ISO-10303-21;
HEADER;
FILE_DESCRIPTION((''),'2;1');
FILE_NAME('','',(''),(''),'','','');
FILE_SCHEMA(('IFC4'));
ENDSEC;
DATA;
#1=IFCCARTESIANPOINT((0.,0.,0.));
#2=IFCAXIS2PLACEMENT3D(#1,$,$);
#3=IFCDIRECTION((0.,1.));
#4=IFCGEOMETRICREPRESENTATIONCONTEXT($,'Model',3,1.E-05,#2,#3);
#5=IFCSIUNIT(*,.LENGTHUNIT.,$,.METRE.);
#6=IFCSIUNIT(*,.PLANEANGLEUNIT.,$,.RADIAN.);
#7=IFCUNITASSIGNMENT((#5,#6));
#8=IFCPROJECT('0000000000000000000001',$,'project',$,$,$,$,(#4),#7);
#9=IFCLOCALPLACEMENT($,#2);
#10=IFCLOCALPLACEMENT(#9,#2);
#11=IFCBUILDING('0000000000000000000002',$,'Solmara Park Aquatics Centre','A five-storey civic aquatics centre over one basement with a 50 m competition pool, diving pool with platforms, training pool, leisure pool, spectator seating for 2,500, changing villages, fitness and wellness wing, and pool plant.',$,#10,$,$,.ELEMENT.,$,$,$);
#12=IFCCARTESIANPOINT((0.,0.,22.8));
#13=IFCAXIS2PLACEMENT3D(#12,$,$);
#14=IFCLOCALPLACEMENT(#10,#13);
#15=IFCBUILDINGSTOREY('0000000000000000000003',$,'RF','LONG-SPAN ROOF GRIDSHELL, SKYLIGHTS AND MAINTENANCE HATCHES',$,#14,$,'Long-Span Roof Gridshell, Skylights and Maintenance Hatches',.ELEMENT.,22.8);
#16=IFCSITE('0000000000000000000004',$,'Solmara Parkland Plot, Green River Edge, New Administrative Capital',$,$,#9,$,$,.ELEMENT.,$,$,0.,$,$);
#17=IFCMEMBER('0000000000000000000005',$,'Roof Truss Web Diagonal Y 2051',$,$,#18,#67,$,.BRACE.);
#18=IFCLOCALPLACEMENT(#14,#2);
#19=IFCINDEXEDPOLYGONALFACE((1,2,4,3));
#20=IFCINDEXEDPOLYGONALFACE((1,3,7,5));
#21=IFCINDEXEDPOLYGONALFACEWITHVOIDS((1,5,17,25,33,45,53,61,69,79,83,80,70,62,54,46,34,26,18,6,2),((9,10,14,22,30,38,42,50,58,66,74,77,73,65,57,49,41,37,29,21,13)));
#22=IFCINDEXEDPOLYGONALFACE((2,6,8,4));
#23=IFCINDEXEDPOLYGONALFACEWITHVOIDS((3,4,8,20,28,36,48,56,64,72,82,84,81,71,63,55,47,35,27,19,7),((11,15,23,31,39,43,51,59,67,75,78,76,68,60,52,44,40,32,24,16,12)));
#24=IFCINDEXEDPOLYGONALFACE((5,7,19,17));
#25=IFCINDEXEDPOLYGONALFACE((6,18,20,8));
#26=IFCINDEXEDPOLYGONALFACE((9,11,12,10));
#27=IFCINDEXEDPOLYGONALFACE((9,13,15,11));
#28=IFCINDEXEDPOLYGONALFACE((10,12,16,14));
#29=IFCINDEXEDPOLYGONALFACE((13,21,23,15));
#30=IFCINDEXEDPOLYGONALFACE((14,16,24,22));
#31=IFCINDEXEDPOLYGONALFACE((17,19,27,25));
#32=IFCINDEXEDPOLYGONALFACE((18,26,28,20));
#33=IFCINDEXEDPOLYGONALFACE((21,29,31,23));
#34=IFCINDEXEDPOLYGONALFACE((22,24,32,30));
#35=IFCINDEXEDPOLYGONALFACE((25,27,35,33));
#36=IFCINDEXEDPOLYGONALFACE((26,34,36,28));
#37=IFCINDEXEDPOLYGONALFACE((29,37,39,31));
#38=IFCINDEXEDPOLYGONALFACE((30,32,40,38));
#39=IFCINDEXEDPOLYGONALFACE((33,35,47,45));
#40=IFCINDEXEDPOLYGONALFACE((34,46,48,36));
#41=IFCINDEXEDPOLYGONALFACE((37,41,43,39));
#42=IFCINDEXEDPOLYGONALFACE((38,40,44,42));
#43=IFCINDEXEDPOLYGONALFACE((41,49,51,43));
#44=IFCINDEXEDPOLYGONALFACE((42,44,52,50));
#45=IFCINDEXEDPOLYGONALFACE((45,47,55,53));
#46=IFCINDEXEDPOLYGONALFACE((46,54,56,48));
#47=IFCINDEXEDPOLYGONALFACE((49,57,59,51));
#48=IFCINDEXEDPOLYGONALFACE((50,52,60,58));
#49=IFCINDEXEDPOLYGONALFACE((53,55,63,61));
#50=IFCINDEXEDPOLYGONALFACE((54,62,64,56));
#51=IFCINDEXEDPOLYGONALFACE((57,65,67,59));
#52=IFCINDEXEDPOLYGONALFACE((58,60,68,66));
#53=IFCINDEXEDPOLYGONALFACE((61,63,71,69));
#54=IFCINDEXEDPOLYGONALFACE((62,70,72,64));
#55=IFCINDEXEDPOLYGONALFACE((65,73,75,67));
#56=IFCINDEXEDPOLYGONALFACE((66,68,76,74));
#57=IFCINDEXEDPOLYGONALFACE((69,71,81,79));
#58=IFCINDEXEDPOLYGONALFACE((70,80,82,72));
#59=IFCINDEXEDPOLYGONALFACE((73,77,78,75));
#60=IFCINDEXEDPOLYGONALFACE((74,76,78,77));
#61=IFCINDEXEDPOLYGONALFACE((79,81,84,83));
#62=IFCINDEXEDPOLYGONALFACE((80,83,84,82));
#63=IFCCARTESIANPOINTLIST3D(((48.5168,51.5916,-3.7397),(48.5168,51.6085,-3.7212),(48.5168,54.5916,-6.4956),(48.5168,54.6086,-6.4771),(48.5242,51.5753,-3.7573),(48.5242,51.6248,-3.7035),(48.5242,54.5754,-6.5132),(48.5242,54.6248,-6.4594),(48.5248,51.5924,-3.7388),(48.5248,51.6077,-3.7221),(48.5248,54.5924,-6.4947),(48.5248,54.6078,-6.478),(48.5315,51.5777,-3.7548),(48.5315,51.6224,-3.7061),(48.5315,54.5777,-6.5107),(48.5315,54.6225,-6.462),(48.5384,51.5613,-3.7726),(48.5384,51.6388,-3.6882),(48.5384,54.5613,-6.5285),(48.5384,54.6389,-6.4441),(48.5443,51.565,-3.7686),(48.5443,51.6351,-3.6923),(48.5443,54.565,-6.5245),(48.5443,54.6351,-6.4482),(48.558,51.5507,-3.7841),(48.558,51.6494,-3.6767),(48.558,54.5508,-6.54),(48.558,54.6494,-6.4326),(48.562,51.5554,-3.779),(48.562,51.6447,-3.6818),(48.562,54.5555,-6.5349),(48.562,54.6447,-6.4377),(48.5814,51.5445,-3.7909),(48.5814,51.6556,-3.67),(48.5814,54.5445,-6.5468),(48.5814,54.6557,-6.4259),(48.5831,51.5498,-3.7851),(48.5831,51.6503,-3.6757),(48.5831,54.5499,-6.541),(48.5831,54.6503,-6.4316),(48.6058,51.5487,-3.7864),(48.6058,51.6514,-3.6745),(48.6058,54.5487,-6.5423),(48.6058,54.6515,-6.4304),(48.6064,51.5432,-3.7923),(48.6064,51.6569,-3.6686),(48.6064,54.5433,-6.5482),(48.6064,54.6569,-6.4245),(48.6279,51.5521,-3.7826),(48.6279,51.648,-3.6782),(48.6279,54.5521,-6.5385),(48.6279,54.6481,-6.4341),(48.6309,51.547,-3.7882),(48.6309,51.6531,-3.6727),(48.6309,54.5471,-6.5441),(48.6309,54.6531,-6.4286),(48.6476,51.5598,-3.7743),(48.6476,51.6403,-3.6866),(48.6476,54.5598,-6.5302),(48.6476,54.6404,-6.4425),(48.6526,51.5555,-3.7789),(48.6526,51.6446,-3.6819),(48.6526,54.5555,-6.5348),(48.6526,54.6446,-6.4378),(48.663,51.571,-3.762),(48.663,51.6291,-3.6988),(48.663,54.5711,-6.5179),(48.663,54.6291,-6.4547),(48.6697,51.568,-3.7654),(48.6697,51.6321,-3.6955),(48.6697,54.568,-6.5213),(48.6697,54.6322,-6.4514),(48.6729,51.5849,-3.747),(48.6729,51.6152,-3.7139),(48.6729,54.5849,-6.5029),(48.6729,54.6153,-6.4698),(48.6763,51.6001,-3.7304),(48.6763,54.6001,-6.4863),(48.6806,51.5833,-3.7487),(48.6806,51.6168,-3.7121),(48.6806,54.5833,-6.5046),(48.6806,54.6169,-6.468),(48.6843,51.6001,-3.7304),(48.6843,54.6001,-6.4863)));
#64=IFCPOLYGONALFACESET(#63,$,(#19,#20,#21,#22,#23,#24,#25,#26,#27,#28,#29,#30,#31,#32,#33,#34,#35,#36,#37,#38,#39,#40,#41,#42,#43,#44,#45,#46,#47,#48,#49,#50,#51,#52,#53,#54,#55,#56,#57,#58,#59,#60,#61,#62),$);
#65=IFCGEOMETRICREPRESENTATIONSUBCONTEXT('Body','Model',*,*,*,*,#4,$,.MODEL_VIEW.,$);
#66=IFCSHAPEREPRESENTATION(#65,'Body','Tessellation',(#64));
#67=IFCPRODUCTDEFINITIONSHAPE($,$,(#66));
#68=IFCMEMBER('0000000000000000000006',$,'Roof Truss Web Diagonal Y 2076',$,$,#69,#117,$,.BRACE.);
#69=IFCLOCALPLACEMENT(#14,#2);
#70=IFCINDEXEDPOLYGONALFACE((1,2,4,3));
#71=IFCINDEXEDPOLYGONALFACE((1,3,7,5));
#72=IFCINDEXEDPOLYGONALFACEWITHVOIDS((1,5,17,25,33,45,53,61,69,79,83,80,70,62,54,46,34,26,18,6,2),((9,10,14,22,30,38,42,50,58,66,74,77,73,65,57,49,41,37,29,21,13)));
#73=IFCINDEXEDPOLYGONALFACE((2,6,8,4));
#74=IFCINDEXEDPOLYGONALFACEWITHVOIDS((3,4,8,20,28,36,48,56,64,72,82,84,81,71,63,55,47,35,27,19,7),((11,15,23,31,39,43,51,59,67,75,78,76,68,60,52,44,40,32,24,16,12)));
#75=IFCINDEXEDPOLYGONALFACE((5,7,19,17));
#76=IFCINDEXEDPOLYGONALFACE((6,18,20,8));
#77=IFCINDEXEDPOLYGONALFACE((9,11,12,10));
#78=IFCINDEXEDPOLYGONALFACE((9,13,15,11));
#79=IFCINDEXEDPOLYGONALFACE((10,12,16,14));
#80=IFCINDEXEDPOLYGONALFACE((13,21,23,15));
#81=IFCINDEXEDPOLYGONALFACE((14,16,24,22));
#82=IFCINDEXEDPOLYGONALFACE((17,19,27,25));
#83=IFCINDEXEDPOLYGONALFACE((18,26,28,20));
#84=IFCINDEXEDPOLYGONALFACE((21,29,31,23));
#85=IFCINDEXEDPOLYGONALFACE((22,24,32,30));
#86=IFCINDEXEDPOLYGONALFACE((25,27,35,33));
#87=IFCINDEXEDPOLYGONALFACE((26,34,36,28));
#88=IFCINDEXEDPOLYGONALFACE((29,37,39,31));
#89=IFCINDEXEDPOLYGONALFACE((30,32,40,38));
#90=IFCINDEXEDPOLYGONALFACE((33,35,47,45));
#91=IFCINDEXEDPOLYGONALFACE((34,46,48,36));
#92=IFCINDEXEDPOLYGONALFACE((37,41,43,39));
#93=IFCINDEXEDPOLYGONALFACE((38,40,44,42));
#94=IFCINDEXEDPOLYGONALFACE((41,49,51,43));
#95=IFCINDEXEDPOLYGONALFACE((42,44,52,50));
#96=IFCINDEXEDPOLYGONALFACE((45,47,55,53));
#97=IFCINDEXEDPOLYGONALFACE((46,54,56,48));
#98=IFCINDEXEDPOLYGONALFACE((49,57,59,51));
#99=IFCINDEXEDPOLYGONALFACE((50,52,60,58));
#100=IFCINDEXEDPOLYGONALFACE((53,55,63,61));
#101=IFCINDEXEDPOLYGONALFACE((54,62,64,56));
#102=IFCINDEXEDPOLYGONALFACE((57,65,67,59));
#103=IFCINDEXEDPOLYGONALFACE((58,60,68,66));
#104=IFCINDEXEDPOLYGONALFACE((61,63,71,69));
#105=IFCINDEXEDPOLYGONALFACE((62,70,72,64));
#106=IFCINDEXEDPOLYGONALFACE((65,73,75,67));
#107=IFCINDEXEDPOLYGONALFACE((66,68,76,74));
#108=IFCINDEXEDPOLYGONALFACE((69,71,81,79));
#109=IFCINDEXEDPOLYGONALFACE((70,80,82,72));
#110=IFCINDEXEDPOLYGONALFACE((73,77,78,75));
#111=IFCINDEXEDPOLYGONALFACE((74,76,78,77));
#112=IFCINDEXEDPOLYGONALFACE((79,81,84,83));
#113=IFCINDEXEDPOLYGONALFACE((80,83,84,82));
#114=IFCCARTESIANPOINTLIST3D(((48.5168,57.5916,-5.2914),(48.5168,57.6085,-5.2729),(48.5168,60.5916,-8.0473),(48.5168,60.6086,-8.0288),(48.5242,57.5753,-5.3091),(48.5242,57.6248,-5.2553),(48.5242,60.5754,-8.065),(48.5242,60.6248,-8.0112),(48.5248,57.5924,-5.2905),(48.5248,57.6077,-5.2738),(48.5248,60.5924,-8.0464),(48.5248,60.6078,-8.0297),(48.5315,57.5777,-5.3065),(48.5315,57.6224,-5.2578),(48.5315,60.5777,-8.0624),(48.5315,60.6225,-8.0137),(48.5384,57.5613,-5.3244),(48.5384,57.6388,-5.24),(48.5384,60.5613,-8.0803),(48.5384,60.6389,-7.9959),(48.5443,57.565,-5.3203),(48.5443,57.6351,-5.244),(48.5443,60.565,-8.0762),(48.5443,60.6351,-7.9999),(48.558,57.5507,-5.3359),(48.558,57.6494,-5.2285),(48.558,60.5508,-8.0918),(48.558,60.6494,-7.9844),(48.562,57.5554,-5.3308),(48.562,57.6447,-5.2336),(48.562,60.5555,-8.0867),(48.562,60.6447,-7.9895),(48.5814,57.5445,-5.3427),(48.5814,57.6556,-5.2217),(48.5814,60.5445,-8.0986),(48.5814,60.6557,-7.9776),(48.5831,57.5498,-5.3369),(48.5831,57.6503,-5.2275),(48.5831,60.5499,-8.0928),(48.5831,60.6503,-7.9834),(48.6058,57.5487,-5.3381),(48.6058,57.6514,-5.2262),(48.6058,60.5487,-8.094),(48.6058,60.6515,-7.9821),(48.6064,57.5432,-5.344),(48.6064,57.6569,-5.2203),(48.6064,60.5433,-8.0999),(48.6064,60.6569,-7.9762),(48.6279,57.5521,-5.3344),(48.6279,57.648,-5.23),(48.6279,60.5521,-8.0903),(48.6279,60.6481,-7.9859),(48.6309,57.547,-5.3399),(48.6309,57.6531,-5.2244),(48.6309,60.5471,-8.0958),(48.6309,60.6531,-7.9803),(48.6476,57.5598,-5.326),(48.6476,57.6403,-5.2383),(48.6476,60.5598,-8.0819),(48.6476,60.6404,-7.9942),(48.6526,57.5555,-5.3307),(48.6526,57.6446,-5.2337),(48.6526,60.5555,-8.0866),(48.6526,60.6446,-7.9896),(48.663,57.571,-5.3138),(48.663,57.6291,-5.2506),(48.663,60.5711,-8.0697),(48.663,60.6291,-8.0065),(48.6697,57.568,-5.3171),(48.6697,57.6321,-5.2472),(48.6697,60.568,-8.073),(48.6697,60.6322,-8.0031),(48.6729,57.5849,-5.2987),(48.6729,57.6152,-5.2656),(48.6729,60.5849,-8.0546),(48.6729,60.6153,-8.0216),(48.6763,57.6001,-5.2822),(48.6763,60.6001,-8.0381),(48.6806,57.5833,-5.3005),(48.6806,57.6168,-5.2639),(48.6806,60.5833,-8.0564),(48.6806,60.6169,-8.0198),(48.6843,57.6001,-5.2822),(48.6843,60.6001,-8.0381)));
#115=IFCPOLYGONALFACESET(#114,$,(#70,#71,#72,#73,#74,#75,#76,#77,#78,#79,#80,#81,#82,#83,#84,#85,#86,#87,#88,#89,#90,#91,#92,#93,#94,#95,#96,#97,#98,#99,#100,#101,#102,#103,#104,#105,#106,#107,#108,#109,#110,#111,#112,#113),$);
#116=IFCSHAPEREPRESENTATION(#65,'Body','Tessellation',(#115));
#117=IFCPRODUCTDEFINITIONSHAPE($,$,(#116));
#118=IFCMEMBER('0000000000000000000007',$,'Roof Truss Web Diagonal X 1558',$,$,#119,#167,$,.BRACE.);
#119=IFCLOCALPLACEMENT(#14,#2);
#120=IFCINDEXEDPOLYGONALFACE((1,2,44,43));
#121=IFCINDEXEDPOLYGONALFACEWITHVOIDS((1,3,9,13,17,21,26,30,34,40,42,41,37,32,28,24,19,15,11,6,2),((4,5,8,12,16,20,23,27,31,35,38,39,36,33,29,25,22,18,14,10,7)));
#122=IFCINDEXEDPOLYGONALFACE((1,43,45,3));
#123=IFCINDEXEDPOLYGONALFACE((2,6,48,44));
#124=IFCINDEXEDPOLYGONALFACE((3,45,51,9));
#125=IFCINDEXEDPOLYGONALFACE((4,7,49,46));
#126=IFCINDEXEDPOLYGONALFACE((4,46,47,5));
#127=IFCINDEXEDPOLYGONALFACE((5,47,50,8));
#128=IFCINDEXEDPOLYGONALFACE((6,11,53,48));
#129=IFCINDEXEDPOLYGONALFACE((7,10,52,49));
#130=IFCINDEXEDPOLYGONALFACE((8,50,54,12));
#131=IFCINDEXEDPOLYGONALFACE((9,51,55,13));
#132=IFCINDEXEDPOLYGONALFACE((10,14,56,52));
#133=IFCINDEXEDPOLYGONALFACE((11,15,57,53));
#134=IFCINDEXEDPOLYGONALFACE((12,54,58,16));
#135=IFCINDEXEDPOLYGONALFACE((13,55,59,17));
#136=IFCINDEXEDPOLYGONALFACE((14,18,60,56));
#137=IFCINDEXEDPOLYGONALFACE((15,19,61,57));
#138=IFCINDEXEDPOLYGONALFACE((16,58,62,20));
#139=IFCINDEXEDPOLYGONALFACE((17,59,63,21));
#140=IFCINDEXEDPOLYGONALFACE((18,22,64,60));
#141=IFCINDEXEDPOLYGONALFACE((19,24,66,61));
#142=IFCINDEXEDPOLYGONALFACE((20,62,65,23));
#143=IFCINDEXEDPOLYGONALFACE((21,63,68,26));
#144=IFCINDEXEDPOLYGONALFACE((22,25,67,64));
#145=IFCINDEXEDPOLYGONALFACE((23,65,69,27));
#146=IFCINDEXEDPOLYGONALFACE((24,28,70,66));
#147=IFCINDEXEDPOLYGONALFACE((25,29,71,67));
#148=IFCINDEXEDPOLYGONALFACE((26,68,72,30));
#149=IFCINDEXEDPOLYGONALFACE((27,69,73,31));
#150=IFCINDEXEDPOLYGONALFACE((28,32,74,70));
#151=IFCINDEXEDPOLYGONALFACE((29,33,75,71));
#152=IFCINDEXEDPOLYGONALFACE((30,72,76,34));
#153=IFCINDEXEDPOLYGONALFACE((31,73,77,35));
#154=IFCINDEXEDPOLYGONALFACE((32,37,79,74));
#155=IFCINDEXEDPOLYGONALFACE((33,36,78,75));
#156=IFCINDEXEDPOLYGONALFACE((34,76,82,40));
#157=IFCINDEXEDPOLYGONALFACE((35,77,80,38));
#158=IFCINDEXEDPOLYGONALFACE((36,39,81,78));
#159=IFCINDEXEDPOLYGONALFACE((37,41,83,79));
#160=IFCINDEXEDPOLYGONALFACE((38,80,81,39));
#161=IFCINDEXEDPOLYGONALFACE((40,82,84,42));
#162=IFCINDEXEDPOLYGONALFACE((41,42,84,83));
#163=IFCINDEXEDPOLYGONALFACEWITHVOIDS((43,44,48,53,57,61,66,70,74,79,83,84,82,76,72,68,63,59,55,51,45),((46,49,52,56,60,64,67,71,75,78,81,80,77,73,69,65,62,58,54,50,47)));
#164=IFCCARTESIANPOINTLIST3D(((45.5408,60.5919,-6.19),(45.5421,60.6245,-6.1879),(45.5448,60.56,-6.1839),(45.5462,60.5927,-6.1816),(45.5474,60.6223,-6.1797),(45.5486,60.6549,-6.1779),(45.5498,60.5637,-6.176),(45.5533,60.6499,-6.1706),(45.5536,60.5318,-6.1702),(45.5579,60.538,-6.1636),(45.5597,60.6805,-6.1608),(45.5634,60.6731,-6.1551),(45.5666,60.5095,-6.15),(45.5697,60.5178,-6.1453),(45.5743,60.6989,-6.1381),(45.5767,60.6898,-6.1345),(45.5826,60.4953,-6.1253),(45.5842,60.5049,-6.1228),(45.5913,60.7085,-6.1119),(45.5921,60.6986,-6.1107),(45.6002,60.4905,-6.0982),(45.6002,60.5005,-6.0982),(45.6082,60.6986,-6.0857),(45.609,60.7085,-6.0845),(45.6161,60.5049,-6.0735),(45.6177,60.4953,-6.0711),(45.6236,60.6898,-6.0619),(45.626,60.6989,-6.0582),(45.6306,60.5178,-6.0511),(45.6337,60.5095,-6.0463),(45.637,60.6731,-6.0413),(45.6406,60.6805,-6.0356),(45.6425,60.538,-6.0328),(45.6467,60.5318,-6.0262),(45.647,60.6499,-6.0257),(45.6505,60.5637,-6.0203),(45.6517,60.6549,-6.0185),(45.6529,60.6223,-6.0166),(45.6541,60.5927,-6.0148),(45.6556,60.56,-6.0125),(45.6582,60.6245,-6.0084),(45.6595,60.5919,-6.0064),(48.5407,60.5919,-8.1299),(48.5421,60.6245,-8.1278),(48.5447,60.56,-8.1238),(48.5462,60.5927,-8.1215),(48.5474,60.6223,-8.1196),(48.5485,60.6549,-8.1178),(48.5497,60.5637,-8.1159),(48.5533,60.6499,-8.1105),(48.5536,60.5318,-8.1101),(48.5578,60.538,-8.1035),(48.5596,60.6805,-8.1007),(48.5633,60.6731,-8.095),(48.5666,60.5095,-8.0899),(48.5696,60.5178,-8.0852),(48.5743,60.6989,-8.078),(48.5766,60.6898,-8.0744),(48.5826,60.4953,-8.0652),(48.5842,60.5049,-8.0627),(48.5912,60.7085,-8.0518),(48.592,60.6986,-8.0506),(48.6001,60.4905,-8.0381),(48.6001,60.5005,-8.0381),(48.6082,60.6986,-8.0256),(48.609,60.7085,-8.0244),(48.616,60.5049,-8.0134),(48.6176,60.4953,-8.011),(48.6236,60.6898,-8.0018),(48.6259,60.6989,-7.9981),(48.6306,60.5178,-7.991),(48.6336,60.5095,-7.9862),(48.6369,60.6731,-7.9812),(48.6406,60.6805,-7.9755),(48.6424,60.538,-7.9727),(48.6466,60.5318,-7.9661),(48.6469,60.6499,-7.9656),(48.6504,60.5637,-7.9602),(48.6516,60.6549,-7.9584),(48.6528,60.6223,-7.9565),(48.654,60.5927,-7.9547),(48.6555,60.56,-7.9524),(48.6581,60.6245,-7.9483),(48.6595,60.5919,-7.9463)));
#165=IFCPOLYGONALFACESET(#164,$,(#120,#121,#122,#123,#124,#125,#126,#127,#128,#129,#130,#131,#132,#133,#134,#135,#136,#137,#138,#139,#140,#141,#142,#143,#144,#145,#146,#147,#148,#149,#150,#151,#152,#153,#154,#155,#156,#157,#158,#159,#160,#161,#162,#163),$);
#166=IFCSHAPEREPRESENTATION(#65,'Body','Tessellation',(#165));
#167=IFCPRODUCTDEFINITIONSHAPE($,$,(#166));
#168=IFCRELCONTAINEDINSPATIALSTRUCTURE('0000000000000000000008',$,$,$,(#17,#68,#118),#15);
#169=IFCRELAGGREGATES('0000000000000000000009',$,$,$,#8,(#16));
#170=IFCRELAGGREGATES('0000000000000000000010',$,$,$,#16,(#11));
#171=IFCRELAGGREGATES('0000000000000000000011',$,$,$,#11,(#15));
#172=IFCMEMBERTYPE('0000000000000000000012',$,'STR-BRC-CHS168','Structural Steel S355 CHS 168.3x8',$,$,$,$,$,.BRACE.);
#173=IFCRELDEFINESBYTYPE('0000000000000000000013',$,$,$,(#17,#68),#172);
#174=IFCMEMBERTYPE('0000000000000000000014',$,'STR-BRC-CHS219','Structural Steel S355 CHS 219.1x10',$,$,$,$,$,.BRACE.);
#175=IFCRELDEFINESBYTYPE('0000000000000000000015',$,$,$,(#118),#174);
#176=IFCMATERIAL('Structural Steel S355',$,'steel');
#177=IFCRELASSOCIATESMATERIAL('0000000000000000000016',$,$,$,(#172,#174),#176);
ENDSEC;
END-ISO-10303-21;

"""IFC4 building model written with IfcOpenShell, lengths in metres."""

from ifc_helpers import new_model, si_unit, direction, frame, origin, origin_2d, place, context, subcontext, project, spatial, hollow_circle, extrude, material, material_profile, profile_set, type_object, element, save


model = new_model("IFC4")

# Units and contexts
model_context = context("Model", 3, precision=1e-05, world=origin(), true_north=direction((0.0, 1.0)))
body_context = subcontext(model_context, "Body", "Model", "MODEL_VIEW")
ifc_project = project(units=[si_unit("LENGTHUNIT", "METRE"), si_unit("PLANEANGLEUNIT", "RADIAN")], contexts=[model_context])

# Site, building, storey
site_placement = place(None, origin())
site = spatial("IfcSite", under=ifc_project, at=site_placement, Name="Solmara Parkland Plot, Green River Edge, New Administrative Capital", CompositionType="ELEMENT", RefElevation=0.0)
building_placement = place(site_placement, origin())
building = spatial("IfcBuilding", under=site, at=building_placement, Name="Solmara Park Aquatics Centre", Description="A five-storey civic aquatics centre over one basement with a 50 m competition pool, diving pool with platforms, training pool, leisure pool, spectator seating for 2,500, changing villages, fitness and wellness wing, and pool plant.", CompositionType="ELEMENT")
storey_placement = place(building_placement, frame((0.0, 0.0, 22.8)))
storey = spatial("IfcBuildingStorey", under=building, at=storey_placement, Name="RF", Description="LONG-SPAN ROOF GRIDSHELL, SKYLIGHTS AND MAINTENANCE HATCHES", LongName="Long-Span Roof Gridshell, Skylights and Maintenance Hatches", CompositionType="ELEMENT", Elevation=22.8)

# Members
ifc_material_1 = material(Name="Structural Steel S355", Category="steel")
ifc_material_profile_1 = material_profile(ifc_material_1, hollow_circle(Radius=0.0842, WallThickness=0.0081, at=origin_2d()), Name="CHS 168.3x8")
ifc_profile_set_1 = profile_set([ifc_material_profile_1], Name="Structural Steel S355")
member_type_1 = type_object("IfcMemberType", Name="STR-BRC-CHS168", Description="Structural Steel S355 CHS 168.3x8", PredefinedType="BRACE", material=ifc_profile_set_1)
for number, where, z_axis, x_axis, name in (
    (1, (48.6001, 54.6001, -6.4863), (0.0, -0.736437, 0.676506), (1.0, 0.0, 0.0), "Roof Truss Web Diagonal Y 2051"),
    (2, (48.6001, 60.6001, -8.0381), (0.0, -0.736437, 0.676506), (1.0, 0.0, 0.0), "Roof Truss Web Diagonal Y 2076"),
):
    element("IfcMember", number, at=place(storey_placement, frame(where, z_axis=z_axis, x_axis=x_axis)), inside=storey, type_object=member_type_1, Name=name, PredefinedType="BRACE", context=body_context, shape_type="SweptSolid", body=[
        extrude(hollow_circle(Radius=0.0842, WallThickness=0.0081, at=origin_2d()), origin(), (0.0, 0.0, 1.0), 4.0737),
    ])
ifc_material_profile_2 = material_profile(ifc_material_1, hollow_circle(Radius=0.1096, WallThickness=0.01, at=origin_2d()), Name="CHS 219.1x10")
ifc_profile_set_2 = profile_set([ifc_material_profile_2], Name="Structural Steel S355")
member_type_2 = type_object("IfcMemberType", Name="STR-BRC-CHS219", Description="Structural Steel S355 CHS 219.1x10", PredefinedType="BRACE", material=ifc_profile_set_2)
for number, where, z_axis, x_axis, name in (
    (3, (48.6001, 60.6001, -8.0381), (-0.839728, 0.0, 0.543008), (0.0, -1.0, 0.0), "Roof Truss Web Diagonal X 1558"),
):
    element("IfcMember", number, at=place(storey_placement, frame(where, z_axis=z_axis, x_axis=x_axis)), inside=storey, type_object=member_type_2, Name=name, PredefinedType="BRACE", context=body_context, shape_type="SweptSolid", body=[
        extrude(hollow_circle(Radius=0.1096, WallThickness=0.01, at=origin_2d()), origin(), (0.0, 0.0, 1.0), 3.5725),
    ])

save(model, "model.ifc")
